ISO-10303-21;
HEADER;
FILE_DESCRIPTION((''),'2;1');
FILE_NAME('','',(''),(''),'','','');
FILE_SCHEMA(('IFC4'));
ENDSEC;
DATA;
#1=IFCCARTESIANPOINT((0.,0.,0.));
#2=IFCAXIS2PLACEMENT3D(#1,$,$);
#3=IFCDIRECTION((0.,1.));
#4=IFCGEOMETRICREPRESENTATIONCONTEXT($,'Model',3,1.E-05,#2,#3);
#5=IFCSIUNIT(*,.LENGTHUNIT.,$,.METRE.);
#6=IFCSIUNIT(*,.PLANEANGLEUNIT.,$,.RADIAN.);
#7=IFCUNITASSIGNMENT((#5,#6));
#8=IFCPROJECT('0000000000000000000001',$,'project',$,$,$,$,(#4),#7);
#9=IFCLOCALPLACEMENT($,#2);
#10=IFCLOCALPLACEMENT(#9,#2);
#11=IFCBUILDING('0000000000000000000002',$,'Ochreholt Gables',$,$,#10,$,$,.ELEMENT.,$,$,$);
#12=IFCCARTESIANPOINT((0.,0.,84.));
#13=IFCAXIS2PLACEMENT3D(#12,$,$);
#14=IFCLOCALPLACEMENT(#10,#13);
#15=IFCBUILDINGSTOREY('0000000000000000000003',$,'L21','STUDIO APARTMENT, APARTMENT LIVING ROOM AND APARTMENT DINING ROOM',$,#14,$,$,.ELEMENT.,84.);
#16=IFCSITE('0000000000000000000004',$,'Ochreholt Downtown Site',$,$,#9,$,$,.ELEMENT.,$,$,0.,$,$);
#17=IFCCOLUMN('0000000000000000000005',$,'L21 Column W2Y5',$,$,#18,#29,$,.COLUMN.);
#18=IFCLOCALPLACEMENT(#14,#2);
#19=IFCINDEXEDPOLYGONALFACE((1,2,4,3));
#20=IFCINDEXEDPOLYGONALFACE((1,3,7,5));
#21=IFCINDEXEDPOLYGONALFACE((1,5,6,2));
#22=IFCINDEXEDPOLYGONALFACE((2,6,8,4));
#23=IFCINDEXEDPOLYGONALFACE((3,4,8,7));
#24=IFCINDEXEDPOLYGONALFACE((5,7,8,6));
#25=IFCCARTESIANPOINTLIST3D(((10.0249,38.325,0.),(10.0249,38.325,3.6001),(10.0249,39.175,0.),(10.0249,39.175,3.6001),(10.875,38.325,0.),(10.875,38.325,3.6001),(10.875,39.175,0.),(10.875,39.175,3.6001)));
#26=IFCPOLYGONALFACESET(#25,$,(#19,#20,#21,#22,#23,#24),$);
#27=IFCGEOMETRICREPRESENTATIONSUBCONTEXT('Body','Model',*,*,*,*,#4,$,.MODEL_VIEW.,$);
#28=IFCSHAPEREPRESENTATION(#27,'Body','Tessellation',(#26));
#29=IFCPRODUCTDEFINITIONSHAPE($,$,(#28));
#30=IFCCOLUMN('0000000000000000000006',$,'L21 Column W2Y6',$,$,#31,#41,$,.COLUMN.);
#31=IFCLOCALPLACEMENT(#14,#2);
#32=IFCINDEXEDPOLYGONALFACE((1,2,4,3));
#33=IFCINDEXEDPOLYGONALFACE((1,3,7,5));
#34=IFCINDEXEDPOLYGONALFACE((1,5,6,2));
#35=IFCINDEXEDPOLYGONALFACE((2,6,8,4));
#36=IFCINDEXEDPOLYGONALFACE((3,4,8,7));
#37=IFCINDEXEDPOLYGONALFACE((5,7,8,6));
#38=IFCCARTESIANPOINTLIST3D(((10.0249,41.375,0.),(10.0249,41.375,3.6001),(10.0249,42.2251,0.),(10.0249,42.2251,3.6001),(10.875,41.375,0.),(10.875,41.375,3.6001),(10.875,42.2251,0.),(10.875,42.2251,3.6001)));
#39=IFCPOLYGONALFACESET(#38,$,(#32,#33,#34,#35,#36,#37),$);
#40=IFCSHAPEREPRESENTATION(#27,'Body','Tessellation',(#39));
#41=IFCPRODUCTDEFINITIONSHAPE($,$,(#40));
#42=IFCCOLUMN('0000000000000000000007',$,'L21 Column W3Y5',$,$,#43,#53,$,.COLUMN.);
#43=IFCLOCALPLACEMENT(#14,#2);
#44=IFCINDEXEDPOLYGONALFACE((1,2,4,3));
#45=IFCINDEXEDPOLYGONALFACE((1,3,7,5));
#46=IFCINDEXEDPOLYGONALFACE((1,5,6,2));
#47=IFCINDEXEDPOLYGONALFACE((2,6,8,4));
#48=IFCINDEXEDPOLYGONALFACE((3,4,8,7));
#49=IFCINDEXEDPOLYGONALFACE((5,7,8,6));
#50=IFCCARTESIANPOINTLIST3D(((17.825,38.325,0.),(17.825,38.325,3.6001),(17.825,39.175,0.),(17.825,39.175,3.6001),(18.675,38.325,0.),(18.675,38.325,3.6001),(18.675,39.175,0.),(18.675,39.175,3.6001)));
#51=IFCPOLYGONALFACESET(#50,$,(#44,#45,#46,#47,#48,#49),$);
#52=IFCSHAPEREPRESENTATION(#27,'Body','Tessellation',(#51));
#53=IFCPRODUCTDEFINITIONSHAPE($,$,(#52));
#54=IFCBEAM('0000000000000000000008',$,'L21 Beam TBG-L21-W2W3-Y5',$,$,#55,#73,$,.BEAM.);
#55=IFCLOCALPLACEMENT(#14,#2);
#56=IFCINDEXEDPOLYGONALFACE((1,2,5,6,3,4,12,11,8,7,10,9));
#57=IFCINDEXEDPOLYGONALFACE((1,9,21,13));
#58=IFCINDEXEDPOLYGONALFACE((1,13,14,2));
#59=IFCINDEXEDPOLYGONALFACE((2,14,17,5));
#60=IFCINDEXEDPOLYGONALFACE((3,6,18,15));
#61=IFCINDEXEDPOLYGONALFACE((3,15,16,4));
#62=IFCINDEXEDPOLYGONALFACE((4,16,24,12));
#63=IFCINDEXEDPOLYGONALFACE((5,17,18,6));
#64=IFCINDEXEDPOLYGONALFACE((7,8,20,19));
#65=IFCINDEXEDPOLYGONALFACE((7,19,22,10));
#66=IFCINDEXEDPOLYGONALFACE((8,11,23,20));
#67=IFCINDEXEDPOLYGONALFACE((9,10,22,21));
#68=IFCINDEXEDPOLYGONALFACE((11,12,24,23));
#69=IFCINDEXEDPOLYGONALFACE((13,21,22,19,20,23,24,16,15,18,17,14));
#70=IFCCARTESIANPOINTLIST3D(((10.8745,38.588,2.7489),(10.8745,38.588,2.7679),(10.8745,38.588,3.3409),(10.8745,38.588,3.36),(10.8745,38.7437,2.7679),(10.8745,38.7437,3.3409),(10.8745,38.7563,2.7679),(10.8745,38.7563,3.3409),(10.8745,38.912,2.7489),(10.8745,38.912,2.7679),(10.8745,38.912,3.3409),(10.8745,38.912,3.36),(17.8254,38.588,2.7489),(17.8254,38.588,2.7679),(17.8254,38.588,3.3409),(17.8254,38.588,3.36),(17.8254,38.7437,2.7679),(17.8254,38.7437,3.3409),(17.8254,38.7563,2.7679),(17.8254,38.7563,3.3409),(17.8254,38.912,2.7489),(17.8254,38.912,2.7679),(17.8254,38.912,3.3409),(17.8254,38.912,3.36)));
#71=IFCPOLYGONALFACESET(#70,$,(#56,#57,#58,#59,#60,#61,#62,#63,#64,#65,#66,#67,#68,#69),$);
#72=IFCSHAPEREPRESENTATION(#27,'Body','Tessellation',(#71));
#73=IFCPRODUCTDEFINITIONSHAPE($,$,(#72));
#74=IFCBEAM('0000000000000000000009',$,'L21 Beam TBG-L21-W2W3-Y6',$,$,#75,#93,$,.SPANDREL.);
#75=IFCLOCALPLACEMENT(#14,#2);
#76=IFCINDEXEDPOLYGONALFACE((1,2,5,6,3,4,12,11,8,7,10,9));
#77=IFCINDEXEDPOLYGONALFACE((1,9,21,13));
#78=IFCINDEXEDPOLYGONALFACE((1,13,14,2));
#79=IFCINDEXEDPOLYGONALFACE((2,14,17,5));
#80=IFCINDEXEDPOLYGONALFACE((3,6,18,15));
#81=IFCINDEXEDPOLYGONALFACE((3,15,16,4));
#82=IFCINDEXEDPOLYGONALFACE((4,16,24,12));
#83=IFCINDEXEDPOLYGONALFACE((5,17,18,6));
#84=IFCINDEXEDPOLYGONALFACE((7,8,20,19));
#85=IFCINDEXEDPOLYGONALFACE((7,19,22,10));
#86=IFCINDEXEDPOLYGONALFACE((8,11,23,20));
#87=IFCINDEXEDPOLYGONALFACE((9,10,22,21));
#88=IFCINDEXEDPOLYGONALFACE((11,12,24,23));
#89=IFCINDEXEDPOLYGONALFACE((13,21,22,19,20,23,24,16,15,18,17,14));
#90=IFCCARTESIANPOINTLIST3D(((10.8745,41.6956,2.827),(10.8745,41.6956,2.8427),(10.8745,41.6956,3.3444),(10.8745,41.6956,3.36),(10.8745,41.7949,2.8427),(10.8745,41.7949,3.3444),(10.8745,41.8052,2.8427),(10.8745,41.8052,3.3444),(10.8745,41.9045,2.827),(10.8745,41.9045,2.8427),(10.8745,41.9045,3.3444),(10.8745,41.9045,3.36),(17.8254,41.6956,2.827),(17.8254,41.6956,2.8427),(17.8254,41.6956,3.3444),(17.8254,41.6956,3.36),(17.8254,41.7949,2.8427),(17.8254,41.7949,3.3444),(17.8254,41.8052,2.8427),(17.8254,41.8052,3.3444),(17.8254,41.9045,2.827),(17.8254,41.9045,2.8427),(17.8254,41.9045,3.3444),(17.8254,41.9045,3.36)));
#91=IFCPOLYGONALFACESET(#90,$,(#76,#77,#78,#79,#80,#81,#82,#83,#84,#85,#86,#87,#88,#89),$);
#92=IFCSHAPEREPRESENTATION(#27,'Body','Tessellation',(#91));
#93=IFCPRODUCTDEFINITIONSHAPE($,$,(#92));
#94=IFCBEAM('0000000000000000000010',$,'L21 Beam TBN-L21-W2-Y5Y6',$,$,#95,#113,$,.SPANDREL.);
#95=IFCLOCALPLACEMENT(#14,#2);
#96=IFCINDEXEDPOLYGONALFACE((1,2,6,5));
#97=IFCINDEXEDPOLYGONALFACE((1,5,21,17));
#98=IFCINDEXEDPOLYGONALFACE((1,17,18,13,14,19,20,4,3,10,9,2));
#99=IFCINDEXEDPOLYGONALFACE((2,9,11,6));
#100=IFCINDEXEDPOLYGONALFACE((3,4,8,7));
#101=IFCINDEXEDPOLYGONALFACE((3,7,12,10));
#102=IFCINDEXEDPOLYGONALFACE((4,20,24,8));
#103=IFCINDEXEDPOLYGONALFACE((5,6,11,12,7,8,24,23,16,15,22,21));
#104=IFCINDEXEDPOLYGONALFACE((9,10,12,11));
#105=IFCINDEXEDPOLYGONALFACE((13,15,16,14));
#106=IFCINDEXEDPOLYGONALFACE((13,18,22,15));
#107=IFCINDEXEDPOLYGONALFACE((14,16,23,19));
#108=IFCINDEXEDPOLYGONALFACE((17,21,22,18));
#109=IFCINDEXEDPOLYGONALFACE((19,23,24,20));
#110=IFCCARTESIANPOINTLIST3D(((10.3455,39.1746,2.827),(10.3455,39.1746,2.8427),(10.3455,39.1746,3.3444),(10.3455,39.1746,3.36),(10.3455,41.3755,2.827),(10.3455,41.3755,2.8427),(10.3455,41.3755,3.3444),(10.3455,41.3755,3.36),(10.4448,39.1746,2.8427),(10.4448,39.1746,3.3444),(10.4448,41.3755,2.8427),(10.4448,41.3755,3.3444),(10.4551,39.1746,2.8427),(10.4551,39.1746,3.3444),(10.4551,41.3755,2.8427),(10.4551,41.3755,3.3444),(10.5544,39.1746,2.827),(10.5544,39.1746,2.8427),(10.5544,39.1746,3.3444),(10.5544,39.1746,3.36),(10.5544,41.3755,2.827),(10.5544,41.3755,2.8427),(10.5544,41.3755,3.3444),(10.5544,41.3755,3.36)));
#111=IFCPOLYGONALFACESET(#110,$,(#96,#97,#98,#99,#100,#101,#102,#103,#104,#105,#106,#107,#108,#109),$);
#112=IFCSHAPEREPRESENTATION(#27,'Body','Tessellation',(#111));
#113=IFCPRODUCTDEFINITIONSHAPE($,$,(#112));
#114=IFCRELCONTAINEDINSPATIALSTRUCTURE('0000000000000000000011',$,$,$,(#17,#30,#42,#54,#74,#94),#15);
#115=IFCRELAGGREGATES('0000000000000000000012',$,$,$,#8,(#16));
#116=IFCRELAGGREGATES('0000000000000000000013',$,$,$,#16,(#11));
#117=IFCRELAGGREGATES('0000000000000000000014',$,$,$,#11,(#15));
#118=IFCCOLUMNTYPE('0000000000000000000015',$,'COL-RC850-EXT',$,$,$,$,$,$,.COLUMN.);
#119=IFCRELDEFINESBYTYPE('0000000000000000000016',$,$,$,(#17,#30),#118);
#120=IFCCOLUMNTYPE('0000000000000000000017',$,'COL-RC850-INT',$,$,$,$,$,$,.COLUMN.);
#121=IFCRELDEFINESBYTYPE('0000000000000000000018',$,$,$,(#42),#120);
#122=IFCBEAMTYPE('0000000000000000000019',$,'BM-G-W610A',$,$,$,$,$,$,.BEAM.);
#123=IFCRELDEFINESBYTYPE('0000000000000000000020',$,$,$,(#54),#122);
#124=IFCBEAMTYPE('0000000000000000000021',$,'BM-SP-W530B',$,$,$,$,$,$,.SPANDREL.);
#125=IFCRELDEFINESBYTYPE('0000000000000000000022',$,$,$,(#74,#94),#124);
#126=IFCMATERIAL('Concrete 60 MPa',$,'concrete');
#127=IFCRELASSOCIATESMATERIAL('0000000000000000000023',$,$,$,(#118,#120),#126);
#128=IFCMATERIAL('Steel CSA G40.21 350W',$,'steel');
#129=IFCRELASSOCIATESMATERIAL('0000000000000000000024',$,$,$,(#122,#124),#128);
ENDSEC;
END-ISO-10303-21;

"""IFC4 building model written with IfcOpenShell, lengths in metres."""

from ifc_helpers import new_model, si_unit, direction, frame, origin, origin_2d, place, context, subcontext, project, spatial, rectangle, i_section, extrude, material, material_profile, profile_set, type_object, element, save


model = new_model("IFC4")

# Units and contexts
model_context = context("Model", 3, precision=1e-05, world=origin(), true_north=direction((0.0, 1.0)))
body_context = subcontext(model_context, "Body", "Model", "MODEL_VIEW")
ifc_project = project(units=[si_unit("LENGTHUNIT", "METRE"), si_unit("PLANEANGLEUNIT", "RADIAN")], contexts=[model_context])

# Site, building, storey
site_placement = place(None, origin())
site = spatial("IfcSite", under=ifc_project, at=site_placement, Name="Ochreholt Downtown Site", CompositionType="ELEMENT", RefElevation=0.0)
building_placement = place(site_placement, origin())
building = spatial("IfcBuilding", under=site, at=building_placement, Name="Ochreholt Gables", CompositionType="ELEMENT")
storey_placement = place(building_placement, frame((0.0, 0.0, 84.0)))
storey = spatial("IfcBuildingStorey", under=building, at=storey_placement, Name="L21", Description="STUDIO APARTMENT, APARTMENT LIVING ROOM AND APARTMENT DINING ROOM", CompositionType="ELEMENT", Elevation=84.0)

# Columns
ifc_material_1 = material(Name="Concrete 60 MPa", Category="concrete")
ifc_material_profile_1 = material_profile(ifc_material_1, rectangle(XDim=0.8501, YDim=0.8501, at=origin_2d()), Name="RC850X850")
ifc_profile_set_1 = profile_set([ifc_material_profile_1], Name="Concrete 60 MPa")
column_type_1 = type_object("IfcColumnType", Name="COL-RC850-EXT", PredefinedType="COLUMN", material=ifc_profile_set_1)
for number, where, z_axis, x_axis, name in (
    (1, (10.45, 38.75, 0.0), (0.0, 0.0, 1.0), (1.0, 0.0, 0.0), "L21 Column W2Y5"),
    (2, (10.45, 41.8, 0.0), (0.0, 0.0, 1.0), (1.0, 0.0, 0.0), "L21 Column W2Y6"),
):
    element("IfcColumn", number, at=place(storey_placement, frame(where, z_axis=z_axis, x_axis=x_axis)), inside=storey, type_object=column_type_1, Name=name, PredefinedType="COLUMN", context=body_context, shape_type="SweptSolid", body=[
        extrude(rectangle(XDim=0.8501, YDim=0.8501, at=origin_2d()), origin(), (0.0, 0.0, 1.0), 3.6001),
    ])
ifc_material_profile_2 = material_profile(ifc_material_1, rectangle(XDim=0.8501, YDim=0.8501, at=origin_2d()), Name="RC850X850")
ifc_profile_set_2 = profile_set([ifc_material_profile_2], Name="Concrete 60 MPa")
column_type_2 = type_object("IfcColumnType", Name="COL-RC850-INT", PredefinedType="COLUMN", material=ifc_profile_set_2)
column_placement = place(storey_placement, frame((18.25, 38.75, 0.0), z_axis=(0.0, 0.0, 1.0), x_axis=(1.0, 0.0, 0.0)))
element("IfcColumn", 3, at=column_placement, inside=storey, type_object=column_type_2, Name="L21 Column W3Y5", PredefinedType="COLUMN", context=body_context, shape_type="SweptSolid", body=[
    extrude(rectangle(XDim=0.8501, YDim=0.8501, at=origin_2d()), origin(), (0.0, 0.0, 1.0), 3.6001),
])

# Beams
ifc_material_2 = material(Name="Steel CSA G40.21 350W", Category="steel")
ifc_material_profile_3 = material_profile(ifc_material_2, i_section(OverallWidth=0.324, OverallDepth=0.6111, WebThickness=0.0127, FlangeThickness=0.019, at=origin_2d()), Name="W610X155")
ifc_profile_set_3 = profile_set([ifc_material_profile_3], Name="Steel CSA G40.21 350W")
beam_type_1 = type_object("IfcBeamType", Name="BM-G-W610A", PredefinedType="BEAM", material=ifc_profile_set_3)
beam_1_placement = place(storey_placement, frame((10.8745, 38.75, 3.0544), z_axis=(1.0, 0.0, 0.0), x_axis=(0.0, 1.0, 0.0)))
element("IfcBeam", 4, at=beam_1_placement, inside=storey, type_object=beam_type_1, Name="L21 Beam TBG-L21-W2W3-Y5", PredefinedType="BEAM", context=body_context, shape_type="SweptSolid", body=[
    extrude(i_section(OverallWidth=0.324, OverallDepth=0.6111, WebThickness=0.0127, FlangeThickness=0.019, at=origin_2d()), origin(), (0.0, 0.0, 1.0), 6.9509),
])
ifc_material_profile_4 = material_profile(ifc_material_2, i_section(OverallWidth=0.209, OverallDepth=0.533, WebThickness=0.0103, FlangeThickness=0.0156, at=origin_2d()), Name="W530X92")
ifc_profile_set_4 = profile_set([ifc_material_profile_4], Name="Steel CSA G40.21 350W")
beam_type_2 = type_object("IfcBeamType", Name="BM-SP-W530B", PredefinedType="SPANDREL", material=ifc_profile_set_4)
beam_2_placement = place(storey_placement, frame((10.8745, 41.8, 3.0935), z_axis=(1.0, 0.0, 0.0), x_axis=(0.0, 1.0, 0.0)))
element("IfcBeam", 5, at=beam_2_placement, inside=storey, type_object=beam_type_2, Name="L21 Beam TBG-L21-W2W3-Y6", PredefinedType="SPANDREL", context=body_context, shape_type="SweptSolid", body=[
    extrude(i_section(OverallWidth=0.209, OverallDepth=0.533, WebThickness=0.0103, FlangeThickness=0.0156, at=origin_2d()), origin(), (0.0, 0.0, 1.0), 6.9509),
])
beam_3_placement = place(storey_placement, frame((10.45, 39.1746, 3.0935), z_axis=(0.0, 1.0, 0.0), x_axis=(-1.0, 0.0, 0.0)))
element("IfcBeam", 6, at=beam_3_placement, inside=storey, type_object=beam_type_2, Name="L21 Beam TBN-L21-W2-Y5Y6", PredefinedType="SPANDREL", context=body_context, shape_type="SweptSolid", body=[
    extrude(i_section(OverallWidth=0.209, OverallDepth=0.533, WebThickness=0.0103, FlangeThickness=0.0156, at=origin_2d()), origin(), (0.0, 0.0, 1.0), 2.2009),
])

save(model, "model.ifc")
